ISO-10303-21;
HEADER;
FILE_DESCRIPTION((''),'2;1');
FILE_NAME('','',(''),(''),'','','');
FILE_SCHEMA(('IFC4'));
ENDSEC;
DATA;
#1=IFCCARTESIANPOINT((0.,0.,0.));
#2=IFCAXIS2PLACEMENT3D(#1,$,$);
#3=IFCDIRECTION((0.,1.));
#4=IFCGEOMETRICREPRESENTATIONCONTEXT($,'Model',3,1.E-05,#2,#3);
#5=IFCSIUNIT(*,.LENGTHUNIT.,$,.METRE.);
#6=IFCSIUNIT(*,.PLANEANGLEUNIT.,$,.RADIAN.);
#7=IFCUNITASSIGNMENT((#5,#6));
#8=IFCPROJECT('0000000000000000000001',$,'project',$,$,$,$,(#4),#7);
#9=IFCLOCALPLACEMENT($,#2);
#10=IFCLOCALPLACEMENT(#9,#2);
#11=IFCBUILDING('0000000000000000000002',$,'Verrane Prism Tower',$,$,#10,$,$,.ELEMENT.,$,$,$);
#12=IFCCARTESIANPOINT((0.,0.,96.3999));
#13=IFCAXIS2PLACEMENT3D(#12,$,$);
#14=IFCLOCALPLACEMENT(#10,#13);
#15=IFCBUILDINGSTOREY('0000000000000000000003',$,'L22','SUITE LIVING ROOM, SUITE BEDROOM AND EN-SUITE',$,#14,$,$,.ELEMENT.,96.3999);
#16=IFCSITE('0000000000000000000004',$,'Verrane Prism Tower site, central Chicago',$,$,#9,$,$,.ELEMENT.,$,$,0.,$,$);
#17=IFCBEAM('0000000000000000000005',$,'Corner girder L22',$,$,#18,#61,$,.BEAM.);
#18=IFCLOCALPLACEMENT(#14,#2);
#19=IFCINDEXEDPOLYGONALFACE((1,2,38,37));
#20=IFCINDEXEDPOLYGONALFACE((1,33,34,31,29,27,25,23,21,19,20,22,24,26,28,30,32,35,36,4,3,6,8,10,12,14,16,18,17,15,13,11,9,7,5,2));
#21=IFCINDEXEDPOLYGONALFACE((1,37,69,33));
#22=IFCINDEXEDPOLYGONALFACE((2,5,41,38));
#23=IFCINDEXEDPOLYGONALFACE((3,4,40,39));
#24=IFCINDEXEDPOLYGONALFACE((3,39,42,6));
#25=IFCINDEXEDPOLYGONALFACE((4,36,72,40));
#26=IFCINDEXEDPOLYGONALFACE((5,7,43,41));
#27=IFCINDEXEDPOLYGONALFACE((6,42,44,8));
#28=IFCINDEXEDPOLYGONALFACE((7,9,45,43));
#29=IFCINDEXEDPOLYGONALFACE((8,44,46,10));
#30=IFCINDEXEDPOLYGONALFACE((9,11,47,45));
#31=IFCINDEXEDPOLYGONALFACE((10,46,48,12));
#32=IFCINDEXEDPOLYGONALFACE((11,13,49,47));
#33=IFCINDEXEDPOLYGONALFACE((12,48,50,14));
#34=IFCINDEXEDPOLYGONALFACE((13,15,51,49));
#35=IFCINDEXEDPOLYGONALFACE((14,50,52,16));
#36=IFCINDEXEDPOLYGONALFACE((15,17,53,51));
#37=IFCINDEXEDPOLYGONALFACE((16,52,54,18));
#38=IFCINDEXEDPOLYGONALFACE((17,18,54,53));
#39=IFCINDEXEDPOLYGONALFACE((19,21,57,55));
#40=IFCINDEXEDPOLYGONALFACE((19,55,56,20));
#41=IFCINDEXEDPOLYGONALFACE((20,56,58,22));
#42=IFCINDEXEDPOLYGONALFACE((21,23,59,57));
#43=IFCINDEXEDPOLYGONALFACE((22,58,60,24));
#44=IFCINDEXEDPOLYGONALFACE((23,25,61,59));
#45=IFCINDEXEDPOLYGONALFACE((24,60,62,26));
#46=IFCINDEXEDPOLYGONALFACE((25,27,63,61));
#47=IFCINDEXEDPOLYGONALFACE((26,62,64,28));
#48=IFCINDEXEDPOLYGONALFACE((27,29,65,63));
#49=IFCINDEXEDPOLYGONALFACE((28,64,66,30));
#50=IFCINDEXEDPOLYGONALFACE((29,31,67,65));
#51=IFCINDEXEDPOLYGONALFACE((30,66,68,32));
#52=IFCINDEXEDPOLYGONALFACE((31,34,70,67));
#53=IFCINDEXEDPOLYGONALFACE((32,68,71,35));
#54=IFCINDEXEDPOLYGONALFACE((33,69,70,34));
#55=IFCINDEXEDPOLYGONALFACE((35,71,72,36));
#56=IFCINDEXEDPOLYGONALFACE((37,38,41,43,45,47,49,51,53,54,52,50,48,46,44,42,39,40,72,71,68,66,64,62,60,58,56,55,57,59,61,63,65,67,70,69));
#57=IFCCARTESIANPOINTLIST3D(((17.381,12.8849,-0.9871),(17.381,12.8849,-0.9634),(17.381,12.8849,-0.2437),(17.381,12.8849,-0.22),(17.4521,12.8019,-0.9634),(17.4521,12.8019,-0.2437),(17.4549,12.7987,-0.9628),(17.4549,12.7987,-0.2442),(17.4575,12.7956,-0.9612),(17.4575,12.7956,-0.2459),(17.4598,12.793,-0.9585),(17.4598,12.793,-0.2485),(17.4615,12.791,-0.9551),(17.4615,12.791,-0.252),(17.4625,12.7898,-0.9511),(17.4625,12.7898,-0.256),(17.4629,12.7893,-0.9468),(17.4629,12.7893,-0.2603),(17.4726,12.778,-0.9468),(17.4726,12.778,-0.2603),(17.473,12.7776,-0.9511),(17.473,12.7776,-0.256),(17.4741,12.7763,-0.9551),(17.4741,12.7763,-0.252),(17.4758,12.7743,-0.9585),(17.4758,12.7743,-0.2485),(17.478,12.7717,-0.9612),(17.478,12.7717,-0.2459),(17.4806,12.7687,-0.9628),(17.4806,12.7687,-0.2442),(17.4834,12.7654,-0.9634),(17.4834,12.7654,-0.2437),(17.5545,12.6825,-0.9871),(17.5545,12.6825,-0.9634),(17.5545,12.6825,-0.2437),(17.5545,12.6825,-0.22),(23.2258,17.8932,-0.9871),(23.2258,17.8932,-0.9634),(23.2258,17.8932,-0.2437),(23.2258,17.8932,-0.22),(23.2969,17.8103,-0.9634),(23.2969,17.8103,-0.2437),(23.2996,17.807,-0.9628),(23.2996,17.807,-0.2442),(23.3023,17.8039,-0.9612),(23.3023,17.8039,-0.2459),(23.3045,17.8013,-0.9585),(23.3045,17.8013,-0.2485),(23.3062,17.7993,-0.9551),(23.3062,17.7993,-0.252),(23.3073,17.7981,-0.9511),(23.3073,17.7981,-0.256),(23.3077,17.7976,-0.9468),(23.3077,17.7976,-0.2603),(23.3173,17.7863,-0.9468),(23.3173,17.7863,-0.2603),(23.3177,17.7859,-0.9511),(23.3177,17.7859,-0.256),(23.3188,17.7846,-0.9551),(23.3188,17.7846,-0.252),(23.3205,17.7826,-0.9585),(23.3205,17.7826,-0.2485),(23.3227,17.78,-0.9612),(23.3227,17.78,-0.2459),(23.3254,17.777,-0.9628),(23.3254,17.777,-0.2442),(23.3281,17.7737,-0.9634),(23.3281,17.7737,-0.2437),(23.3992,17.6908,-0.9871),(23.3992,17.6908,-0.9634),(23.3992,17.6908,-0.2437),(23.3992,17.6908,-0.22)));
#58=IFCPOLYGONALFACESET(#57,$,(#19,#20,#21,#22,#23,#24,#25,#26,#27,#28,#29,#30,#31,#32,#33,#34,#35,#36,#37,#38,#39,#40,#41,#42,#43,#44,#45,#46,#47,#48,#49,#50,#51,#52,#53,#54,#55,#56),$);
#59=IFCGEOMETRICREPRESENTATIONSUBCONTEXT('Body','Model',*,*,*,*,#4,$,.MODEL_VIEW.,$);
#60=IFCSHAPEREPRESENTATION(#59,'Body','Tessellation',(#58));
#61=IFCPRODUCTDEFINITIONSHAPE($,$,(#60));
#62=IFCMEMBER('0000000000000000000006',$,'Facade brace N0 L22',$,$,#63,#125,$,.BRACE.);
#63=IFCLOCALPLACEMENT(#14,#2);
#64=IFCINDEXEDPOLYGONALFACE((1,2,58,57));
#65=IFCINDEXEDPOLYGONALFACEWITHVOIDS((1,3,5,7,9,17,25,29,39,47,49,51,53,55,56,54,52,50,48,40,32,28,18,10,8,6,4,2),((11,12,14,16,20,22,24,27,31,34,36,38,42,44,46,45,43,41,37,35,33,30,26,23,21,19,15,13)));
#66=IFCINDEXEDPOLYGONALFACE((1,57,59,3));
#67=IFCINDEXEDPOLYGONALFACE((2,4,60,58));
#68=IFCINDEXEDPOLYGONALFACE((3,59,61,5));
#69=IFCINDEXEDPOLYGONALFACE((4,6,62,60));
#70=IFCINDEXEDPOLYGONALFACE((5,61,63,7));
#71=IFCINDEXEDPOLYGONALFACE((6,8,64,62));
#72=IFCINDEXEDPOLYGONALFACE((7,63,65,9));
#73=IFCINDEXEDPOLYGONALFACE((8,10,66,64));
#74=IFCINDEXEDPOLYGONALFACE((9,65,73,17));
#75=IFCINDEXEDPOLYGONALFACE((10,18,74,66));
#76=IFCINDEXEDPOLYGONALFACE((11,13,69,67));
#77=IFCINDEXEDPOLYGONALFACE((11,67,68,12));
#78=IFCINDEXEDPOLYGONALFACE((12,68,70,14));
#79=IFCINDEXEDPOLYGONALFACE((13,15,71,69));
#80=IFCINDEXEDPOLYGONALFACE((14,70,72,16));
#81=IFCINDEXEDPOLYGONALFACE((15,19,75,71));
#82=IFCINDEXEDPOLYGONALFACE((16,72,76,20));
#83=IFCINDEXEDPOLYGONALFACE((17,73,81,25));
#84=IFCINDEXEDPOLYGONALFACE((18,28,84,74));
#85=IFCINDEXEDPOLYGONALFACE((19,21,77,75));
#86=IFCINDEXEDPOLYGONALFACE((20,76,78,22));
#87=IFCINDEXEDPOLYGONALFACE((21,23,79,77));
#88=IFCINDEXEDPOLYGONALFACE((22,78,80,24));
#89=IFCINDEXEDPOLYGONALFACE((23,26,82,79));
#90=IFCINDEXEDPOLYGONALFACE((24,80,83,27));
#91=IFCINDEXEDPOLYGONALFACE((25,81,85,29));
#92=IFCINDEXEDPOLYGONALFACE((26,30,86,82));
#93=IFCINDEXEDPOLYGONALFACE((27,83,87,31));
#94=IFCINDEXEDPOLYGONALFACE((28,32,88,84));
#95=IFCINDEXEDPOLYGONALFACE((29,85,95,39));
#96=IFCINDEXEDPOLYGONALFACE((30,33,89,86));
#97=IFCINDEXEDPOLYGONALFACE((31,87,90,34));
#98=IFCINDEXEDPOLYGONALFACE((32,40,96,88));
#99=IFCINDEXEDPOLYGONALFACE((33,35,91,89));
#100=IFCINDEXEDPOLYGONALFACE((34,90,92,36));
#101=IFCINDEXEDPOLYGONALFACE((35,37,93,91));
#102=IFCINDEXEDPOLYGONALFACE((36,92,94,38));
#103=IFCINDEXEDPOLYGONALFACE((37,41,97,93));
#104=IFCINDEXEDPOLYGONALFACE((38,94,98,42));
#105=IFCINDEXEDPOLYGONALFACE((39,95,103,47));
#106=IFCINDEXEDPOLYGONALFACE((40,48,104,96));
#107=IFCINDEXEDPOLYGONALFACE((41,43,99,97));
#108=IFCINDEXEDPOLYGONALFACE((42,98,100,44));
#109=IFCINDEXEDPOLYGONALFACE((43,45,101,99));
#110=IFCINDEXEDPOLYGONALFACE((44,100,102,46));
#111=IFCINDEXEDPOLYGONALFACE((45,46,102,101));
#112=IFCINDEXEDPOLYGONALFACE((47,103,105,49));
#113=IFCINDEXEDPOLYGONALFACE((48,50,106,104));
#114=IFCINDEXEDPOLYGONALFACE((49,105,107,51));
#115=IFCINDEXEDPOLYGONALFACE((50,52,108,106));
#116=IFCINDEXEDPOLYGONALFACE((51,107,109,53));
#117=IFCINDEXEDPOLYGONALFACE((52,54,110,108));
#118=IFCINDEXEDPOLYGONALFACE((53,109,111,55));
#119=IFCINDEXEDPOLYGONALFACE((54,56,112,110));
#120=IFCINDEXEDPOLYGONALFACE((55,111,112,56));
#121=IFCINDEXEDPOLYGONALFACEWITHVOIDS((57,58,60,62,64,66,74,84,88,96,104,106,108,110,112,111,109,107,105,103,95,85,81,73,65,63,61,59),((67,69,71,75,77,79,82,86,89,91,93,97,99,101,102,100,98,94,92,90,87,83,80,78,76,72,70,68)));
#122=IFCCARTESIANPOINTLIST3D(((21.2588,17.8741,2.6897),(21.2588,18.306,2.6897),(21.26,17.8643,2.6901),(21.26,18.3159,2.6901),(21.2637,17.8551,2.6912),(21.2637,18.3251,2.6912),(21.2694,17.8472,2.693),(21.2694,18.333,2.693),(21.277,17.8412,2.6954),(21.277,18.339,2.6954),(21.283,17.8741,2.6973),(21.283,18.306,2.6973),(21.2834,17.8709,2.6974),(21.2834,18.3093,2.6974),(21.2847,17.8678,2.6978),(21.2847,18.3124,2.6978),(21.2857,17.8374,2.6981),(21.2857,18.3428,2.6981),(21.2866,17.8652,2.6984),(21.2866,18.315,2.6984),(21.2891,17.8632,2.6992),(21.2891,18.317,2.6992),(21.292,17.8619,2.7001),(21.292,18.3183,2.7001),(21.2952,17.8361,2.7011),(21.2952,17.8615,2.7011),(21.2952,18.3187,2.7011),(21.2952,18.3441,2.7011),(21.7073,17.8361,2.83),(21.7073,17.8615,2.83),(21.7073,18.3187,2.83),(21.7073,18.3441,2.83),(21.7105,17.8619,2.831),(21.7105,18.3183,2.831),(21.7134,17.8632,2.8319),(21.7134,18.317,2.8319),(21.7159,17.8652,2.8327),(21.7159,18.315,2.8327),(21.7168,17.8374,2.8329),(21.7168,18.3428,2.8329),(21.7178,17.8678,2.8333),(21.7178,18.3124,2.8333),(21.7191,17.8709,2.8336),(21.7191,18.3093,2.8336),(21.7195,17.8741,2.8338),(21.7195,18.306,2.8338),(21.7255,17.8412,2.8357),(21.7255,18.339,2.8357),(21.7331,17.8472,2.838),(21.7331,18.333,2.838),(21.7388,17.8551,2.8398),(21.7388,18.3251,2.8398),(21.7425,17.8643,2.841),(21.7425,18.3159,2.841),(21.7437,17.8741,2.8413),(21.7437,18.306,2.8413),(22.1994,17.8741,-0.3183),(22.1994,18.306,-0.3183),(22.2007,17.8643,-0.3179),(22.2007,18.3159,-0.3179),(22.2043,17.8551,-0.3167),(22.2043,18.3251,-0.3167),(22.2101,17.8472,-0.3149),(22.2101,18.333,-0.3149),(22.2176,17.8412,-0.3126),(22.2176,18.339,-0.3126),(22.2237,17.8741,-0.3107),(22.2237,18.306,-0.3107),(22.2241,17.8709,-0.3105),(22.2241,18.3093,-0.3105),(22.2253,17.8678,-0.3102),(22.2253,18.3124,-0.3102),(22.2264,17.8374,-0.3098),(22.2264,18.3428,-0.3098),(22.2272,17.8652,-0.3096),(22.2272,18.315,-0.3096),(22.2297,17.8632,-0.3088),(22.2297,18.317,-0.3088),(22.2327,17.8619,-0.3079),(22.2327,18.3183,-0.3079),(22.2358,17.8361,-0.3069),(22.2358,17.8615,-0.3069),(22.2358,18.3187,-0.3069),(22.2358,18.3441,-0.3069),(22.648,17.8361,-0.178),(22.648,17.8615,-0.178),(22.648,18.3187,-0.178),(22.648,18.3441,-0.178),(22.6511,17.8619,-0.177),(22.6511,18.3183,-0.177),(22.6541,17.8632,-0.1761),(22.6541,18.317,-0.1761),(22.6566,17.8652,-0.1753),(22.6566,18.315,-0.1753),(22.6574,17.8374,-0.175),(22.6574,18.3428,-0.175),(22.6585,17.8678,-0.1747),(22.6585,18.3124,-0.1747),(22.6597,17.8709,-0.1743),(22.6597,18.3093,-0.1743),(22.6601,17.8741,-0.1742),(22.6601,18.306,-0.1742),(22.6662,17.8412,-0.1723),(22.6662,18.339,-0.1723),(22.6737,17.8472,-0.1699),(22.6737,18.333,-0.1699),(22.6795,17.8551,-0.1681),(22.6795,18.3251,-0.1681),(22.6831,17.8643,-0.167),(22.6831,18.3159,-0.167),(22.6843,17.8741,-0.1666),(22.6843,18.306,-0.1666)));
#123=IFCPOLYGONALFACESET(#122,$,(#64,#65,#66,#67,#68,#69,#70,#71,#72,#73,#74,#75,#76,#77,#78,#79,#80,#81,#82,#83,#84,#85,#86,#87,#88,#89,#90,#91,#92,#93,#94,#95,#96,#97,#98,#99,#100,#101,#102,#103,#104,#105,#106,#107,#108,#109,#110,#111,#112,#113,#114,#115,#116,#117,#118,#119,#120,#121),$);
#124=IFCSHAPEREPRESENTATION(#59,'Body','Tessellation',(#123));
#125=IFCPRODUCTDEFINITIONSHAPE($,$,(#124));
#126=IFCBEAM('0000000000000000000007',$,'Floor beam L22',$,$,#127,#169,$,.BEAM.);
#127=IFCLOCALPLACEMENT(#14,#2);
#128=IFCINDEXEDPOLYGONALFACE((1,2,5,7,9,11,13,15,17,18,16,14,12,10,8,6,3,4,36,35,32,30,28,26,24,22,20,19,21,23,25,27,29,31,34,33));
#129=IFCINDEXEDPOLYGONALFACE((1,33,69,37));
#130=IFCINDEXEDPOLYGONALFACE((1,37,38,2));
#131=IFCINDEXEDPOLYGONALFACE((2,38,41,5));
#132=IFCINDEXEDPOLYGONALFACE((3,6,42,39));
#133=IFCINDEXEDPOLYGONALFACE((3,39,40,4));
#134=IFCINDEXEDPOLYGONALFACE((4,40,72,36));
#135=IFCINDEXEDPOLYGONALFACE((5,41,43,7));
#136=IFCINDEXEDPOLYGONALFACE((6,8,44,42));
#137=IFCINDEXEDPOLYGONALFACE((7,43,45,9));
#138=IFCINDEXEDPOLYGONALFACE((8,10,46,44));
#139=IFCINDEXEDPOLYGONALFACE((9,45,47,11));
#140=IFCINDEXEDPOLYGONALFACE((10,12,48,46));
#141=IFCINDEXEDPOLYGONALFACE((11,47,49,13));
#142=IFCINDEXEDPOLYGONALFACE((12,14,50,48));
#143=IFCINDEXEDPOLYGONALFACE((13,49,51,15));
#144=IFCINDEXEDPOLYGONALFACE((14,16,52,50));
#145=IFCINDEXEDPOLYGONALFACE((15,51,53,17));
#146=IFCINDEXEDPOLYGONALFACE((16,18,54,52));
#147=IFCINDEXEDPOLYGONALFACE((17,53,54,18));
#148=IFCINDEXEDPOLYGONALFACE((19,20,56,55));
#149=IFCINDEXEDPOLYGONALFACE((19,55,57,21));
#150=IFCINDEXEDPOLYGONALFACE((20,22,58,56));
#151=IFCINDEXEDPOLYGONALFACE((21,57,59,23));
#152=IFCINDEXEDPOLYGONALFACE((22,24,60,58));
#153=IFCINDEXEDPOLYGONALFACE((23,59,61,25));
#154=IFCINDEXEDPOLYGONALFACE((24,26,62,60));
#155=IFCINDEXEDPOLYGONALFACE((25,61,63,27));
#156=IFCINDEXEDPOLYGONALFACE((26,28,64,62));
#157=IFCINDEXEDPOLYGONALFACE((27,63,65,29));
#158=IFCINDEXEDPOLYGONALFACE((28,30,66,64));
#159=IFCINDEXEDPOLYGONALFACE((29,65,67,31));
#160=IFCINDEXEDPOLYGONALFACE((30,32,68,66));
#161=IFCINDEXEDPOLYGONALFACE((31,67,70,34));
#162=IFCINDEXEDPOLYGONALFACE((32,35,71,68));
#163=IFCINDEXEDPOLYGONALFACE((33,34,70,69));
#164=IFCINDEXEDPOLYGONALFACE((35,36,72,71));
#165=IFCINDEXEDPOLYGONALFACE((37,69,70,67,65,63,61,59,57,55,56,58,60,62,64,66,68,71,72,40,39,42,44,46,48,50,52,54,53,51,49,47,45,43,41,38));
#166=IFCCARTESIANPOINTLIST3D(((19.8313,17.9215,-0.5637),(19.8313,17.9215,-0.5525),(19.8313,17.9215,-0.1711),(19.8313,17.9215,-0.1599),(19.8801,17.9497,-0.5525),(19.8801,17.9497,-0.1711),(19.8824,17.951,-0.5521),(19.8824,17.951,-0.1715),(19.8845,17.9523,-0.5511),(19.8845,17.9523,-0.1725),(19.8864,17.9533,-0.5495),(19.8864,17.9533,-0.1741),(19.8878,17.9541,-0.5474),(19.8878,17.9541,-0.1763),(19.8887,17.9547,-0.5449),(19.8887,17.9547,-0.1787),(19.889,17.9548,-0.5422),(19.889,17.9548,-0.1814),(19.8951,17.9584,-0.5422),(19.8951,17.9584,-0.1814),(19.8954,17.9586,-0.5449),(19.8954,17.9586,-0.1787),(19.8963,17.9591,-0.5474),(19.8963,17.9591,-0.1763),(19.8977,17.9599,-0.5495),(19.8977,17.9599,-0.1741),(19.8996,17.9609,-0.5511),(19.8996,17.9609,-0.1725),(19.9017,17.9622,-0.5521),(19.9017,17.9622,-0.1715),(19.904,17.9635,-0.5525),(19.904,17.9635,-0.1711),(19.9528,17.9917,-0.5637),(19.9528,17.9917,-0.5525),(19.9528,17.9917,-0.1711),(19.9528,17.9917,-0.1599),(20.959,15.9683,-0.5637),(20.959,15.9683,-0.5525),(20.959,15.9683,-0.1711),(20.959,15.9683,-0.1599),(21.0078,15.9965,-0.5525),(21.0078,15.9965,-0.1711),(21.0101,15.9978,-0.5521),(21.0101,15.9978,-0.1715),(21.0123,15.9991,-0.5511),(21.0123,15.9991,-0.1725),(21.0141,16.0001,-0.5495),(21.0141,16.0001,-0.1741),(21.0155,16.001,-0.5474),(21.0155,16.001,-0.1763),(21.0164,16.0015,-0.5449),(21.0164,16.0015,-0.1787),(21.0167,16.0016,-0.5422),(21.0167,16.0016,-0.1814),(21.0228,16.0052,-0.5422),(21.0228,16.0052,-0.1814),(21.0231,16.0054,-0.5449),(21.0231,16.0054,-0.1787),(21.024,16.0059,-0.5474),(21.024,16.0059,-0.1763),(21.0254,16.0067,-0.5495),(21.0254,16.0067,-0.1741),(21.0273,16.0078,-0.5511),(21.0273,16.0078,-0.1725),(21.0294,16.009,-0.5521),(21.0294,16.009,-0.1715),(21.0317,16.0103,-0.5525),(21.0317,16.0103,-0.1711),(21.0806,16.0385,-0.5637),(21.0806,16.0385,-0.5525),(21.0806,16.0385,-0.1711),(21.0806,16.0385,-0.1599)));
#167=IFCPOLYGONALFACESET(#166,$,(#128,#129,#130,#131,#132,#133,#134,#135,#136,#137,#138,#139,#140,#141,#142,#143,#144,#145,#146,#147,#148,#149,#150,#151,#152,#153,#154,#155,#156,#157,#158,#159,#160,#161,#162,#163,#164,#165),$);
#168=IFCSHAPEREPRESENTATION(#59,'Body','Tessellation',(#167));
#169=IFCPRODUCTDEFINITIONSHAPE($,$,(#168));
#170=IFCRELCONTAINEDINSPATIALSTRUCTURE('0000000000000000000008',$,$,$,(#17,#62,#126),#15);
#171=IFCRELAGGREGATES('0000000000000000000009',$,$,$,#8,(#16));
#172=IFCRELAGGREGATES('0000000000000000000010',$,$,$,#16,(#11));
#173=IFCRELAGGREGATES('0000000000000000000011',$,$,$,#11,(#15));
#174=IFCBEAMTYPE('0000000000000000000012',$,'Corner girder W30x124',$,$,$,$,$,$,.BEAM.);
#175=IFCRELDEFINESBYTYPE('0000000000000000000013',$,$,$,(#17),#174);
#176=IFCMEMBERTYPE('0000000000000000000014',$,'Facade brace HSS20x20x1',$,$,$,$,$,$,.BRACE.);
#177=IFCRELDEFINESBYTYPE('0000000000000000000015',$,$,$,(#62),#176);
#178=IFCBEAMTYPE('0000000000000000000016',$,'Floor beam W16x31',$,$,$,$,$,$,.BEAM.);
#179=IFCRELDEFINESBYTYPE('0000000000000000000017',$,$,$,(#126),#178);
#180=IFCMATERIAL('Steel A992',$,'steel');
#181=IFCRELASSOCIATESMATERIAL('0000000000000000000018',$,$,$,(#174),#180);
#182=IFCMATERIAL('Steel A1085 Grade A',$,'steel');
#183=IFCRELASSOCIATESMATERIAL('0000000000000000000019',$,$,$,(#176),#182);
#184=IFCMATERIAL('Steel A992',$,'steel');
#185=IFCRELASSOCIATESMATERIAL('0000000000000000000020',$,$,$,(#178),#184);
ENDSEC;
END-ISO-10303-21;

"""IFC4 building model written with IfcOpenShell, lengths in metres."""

from ifc_helpers import new_model, si_unit, direction, frame, origin, origin_2d, place, context, subcontext, project, spatial, hollow_rectangle, i_section, extrude, material, material_profile, profile_set, type_object, element, save


model = new_model("IFC4")

# Units and contexts
model_context = context("Model", 3, precision=1e-05, world=origin(), true_north=direction((0.0, 1.0)))
body_context = subcontext(model_context, "Body", "Model", "MODEL_VIEW")
ifc_project = project(units=[si_unit("LENGTHUNIT", "METRE"), si_unit("PLANEANGLEUNIT", "RADIAN")], contexts=[model_context])

# Site, building, storey
site_placement = place(None, origin())
site = spatial("IfcSite", under=ifc_project, at=site_placement, Name="Verrane Prism Tower site, central Chicago", CompositionType="ELEMENT", RefElevation=0.0)
building_placement = place(site_placement, origin())
building = spatial("IfcBuilding", under=site, at=building_placement, Name="Verrane Prism Tower", CompositionType="ELEMENT")
storey_placement = place(building_placement, frame((0.0, 0.0, 96.3999)))
storey = spatial("IfcBuildingStorey", under=building, at=storey_placement, Name="L22", Description="SUITE LIVING ROOM, SUITE BEDROOM AND EN-SUITE", CompositionType="ELEMENT", Elevation=96.3999)

# Beam
ifc_material_1 = material(Name="Steel A992", Category="steel")
ifc_material_profile_1 = material_profile(ifc_material_1, i_section(OverallWidth=0.2666, OverallDepth=0.7671, WebThickness=0.0149, FlangeThickness=0.0237, FilletRadius=0.0166, at=origin_2d()), Name="W30x124")
ifc_profile_set_1 = profile_set([ifc_material_profile_1], Name="Steel A992")
beam_type_1 = type_object("IfcBeamType", Name="Corner girder W30x124", PredefinedType="BEAM", material=ifc_profile_set_1)
beam_1_placement = place(storey_placement, frame((23.3125, 17.792, -0.6035), z_axis=(-0.759351, -0.650682, 0.0), x_axis=(0.650682, -0.759351, 0.0)))
element("IfcBeam", 1, at=beam_1_placement, inside=storey, type_object=beam_type_1, Name="Corner girder L22", PredefinedType="BEAM", context=body_context, shape_type="SweptSolid", body=[
    extrude(i_section(OverallWidth=0.2666, OverallDepth=0.7671, WebThickness=0.0149, FlangeThickness=0.0237, FilletRadius=0.0166, at=origin_2d()), origin(), (0.0, 0.0, 1.0), 7.697),
])

# Member
ifc_material_2 = material(Name="Steel A1085 Grade A", Category="steel")
ifc_material_profile_2 = material_profile(ifc_material_2, hollow_rectangle(XDim=0.5081, YDim=0.5081, WallThickness=0.0254, InnerFilletRadius=0.0127, OuterFilletRadius=0.0381, at=origin_2d()), Name="HSS20x20x1")
ifc_profile_set_2 = profile_set([ifc_material_profile_2], Name="Steel A1085 Grade A")
member_type_1 = type_object("IfcMemberType", Name="Facade brace HSS20x20x1", PredefinedType="BRACE", material=ifc_profile_set_2)
member_1_placement = place(storey_placement, frame((22.4419, 18.0901, -0.2424), z_axis=(-0.298465, 0.0, 0.954421), x_axis=(0.0, -1.0, 0.0)))
element("IfcMember", 2, at=member_1_placement, inside=storey, type_object=member_type_1, Name="Facade brace N0 L22", PredefinedType="BRACE", context=body_context, shape_type="SweptSolid", body=[
    extrude(hollow_rectangle(XDim=0.5081, YDim=0.5081, WallThickness=0.0254, InnerFilletRadius=0.0127, OuterFilletRadius=0.0381, at=origin_2d()), origin(), (0.0, 0.0, 1.0), 3.1516),
])

# Beam
ifc_material_3 = material(Name="Steel A992", Category="steel")
ifc_material_profile_3 = material_profile(ifc_material_3, i_section(OverallWidth=0.1404, OverallDepth=0.4038, WebThickness=0.0071, FlangeThickness=0.0112, FilletRadius=0.0103, at=origin_2d()), Name="W16x31")
ifc_profile_set_3 = profile_set([ifc_material_profile_3], Name="Steel A992")
beam_type_2 = type_object("IfcBeamType", Name="Floor beam W16x31", PredefinedType="BEAM", material=ifc_profile_set_3)
beam_2_placement = place(storey_placement, frame((21.0198, 16.0034, -0.3618), z_axis=(-0.500016, 0.866016, 0.0), x_axis=(-0.866016, -0.500016, 0.0)))
element("IfcBeam", 3, at=beam_2_placement, inside=storey, type_object=beam_type_2, Name="Floor beam L22", PredefinedType="BEAM", context=body_context, shape_type="SweptSolid", body=[
    extrude(i_section(OverallWidth=0.1404, OverallDepth=0.4038, WebThickness=0.0071, FlangeThickness=0.0112, FilletRadius=0.0103, at=origin_2d()), origin(), (0.0, 0.0, 1.0), 2.2554),
])

save(model, "model.ifc")
